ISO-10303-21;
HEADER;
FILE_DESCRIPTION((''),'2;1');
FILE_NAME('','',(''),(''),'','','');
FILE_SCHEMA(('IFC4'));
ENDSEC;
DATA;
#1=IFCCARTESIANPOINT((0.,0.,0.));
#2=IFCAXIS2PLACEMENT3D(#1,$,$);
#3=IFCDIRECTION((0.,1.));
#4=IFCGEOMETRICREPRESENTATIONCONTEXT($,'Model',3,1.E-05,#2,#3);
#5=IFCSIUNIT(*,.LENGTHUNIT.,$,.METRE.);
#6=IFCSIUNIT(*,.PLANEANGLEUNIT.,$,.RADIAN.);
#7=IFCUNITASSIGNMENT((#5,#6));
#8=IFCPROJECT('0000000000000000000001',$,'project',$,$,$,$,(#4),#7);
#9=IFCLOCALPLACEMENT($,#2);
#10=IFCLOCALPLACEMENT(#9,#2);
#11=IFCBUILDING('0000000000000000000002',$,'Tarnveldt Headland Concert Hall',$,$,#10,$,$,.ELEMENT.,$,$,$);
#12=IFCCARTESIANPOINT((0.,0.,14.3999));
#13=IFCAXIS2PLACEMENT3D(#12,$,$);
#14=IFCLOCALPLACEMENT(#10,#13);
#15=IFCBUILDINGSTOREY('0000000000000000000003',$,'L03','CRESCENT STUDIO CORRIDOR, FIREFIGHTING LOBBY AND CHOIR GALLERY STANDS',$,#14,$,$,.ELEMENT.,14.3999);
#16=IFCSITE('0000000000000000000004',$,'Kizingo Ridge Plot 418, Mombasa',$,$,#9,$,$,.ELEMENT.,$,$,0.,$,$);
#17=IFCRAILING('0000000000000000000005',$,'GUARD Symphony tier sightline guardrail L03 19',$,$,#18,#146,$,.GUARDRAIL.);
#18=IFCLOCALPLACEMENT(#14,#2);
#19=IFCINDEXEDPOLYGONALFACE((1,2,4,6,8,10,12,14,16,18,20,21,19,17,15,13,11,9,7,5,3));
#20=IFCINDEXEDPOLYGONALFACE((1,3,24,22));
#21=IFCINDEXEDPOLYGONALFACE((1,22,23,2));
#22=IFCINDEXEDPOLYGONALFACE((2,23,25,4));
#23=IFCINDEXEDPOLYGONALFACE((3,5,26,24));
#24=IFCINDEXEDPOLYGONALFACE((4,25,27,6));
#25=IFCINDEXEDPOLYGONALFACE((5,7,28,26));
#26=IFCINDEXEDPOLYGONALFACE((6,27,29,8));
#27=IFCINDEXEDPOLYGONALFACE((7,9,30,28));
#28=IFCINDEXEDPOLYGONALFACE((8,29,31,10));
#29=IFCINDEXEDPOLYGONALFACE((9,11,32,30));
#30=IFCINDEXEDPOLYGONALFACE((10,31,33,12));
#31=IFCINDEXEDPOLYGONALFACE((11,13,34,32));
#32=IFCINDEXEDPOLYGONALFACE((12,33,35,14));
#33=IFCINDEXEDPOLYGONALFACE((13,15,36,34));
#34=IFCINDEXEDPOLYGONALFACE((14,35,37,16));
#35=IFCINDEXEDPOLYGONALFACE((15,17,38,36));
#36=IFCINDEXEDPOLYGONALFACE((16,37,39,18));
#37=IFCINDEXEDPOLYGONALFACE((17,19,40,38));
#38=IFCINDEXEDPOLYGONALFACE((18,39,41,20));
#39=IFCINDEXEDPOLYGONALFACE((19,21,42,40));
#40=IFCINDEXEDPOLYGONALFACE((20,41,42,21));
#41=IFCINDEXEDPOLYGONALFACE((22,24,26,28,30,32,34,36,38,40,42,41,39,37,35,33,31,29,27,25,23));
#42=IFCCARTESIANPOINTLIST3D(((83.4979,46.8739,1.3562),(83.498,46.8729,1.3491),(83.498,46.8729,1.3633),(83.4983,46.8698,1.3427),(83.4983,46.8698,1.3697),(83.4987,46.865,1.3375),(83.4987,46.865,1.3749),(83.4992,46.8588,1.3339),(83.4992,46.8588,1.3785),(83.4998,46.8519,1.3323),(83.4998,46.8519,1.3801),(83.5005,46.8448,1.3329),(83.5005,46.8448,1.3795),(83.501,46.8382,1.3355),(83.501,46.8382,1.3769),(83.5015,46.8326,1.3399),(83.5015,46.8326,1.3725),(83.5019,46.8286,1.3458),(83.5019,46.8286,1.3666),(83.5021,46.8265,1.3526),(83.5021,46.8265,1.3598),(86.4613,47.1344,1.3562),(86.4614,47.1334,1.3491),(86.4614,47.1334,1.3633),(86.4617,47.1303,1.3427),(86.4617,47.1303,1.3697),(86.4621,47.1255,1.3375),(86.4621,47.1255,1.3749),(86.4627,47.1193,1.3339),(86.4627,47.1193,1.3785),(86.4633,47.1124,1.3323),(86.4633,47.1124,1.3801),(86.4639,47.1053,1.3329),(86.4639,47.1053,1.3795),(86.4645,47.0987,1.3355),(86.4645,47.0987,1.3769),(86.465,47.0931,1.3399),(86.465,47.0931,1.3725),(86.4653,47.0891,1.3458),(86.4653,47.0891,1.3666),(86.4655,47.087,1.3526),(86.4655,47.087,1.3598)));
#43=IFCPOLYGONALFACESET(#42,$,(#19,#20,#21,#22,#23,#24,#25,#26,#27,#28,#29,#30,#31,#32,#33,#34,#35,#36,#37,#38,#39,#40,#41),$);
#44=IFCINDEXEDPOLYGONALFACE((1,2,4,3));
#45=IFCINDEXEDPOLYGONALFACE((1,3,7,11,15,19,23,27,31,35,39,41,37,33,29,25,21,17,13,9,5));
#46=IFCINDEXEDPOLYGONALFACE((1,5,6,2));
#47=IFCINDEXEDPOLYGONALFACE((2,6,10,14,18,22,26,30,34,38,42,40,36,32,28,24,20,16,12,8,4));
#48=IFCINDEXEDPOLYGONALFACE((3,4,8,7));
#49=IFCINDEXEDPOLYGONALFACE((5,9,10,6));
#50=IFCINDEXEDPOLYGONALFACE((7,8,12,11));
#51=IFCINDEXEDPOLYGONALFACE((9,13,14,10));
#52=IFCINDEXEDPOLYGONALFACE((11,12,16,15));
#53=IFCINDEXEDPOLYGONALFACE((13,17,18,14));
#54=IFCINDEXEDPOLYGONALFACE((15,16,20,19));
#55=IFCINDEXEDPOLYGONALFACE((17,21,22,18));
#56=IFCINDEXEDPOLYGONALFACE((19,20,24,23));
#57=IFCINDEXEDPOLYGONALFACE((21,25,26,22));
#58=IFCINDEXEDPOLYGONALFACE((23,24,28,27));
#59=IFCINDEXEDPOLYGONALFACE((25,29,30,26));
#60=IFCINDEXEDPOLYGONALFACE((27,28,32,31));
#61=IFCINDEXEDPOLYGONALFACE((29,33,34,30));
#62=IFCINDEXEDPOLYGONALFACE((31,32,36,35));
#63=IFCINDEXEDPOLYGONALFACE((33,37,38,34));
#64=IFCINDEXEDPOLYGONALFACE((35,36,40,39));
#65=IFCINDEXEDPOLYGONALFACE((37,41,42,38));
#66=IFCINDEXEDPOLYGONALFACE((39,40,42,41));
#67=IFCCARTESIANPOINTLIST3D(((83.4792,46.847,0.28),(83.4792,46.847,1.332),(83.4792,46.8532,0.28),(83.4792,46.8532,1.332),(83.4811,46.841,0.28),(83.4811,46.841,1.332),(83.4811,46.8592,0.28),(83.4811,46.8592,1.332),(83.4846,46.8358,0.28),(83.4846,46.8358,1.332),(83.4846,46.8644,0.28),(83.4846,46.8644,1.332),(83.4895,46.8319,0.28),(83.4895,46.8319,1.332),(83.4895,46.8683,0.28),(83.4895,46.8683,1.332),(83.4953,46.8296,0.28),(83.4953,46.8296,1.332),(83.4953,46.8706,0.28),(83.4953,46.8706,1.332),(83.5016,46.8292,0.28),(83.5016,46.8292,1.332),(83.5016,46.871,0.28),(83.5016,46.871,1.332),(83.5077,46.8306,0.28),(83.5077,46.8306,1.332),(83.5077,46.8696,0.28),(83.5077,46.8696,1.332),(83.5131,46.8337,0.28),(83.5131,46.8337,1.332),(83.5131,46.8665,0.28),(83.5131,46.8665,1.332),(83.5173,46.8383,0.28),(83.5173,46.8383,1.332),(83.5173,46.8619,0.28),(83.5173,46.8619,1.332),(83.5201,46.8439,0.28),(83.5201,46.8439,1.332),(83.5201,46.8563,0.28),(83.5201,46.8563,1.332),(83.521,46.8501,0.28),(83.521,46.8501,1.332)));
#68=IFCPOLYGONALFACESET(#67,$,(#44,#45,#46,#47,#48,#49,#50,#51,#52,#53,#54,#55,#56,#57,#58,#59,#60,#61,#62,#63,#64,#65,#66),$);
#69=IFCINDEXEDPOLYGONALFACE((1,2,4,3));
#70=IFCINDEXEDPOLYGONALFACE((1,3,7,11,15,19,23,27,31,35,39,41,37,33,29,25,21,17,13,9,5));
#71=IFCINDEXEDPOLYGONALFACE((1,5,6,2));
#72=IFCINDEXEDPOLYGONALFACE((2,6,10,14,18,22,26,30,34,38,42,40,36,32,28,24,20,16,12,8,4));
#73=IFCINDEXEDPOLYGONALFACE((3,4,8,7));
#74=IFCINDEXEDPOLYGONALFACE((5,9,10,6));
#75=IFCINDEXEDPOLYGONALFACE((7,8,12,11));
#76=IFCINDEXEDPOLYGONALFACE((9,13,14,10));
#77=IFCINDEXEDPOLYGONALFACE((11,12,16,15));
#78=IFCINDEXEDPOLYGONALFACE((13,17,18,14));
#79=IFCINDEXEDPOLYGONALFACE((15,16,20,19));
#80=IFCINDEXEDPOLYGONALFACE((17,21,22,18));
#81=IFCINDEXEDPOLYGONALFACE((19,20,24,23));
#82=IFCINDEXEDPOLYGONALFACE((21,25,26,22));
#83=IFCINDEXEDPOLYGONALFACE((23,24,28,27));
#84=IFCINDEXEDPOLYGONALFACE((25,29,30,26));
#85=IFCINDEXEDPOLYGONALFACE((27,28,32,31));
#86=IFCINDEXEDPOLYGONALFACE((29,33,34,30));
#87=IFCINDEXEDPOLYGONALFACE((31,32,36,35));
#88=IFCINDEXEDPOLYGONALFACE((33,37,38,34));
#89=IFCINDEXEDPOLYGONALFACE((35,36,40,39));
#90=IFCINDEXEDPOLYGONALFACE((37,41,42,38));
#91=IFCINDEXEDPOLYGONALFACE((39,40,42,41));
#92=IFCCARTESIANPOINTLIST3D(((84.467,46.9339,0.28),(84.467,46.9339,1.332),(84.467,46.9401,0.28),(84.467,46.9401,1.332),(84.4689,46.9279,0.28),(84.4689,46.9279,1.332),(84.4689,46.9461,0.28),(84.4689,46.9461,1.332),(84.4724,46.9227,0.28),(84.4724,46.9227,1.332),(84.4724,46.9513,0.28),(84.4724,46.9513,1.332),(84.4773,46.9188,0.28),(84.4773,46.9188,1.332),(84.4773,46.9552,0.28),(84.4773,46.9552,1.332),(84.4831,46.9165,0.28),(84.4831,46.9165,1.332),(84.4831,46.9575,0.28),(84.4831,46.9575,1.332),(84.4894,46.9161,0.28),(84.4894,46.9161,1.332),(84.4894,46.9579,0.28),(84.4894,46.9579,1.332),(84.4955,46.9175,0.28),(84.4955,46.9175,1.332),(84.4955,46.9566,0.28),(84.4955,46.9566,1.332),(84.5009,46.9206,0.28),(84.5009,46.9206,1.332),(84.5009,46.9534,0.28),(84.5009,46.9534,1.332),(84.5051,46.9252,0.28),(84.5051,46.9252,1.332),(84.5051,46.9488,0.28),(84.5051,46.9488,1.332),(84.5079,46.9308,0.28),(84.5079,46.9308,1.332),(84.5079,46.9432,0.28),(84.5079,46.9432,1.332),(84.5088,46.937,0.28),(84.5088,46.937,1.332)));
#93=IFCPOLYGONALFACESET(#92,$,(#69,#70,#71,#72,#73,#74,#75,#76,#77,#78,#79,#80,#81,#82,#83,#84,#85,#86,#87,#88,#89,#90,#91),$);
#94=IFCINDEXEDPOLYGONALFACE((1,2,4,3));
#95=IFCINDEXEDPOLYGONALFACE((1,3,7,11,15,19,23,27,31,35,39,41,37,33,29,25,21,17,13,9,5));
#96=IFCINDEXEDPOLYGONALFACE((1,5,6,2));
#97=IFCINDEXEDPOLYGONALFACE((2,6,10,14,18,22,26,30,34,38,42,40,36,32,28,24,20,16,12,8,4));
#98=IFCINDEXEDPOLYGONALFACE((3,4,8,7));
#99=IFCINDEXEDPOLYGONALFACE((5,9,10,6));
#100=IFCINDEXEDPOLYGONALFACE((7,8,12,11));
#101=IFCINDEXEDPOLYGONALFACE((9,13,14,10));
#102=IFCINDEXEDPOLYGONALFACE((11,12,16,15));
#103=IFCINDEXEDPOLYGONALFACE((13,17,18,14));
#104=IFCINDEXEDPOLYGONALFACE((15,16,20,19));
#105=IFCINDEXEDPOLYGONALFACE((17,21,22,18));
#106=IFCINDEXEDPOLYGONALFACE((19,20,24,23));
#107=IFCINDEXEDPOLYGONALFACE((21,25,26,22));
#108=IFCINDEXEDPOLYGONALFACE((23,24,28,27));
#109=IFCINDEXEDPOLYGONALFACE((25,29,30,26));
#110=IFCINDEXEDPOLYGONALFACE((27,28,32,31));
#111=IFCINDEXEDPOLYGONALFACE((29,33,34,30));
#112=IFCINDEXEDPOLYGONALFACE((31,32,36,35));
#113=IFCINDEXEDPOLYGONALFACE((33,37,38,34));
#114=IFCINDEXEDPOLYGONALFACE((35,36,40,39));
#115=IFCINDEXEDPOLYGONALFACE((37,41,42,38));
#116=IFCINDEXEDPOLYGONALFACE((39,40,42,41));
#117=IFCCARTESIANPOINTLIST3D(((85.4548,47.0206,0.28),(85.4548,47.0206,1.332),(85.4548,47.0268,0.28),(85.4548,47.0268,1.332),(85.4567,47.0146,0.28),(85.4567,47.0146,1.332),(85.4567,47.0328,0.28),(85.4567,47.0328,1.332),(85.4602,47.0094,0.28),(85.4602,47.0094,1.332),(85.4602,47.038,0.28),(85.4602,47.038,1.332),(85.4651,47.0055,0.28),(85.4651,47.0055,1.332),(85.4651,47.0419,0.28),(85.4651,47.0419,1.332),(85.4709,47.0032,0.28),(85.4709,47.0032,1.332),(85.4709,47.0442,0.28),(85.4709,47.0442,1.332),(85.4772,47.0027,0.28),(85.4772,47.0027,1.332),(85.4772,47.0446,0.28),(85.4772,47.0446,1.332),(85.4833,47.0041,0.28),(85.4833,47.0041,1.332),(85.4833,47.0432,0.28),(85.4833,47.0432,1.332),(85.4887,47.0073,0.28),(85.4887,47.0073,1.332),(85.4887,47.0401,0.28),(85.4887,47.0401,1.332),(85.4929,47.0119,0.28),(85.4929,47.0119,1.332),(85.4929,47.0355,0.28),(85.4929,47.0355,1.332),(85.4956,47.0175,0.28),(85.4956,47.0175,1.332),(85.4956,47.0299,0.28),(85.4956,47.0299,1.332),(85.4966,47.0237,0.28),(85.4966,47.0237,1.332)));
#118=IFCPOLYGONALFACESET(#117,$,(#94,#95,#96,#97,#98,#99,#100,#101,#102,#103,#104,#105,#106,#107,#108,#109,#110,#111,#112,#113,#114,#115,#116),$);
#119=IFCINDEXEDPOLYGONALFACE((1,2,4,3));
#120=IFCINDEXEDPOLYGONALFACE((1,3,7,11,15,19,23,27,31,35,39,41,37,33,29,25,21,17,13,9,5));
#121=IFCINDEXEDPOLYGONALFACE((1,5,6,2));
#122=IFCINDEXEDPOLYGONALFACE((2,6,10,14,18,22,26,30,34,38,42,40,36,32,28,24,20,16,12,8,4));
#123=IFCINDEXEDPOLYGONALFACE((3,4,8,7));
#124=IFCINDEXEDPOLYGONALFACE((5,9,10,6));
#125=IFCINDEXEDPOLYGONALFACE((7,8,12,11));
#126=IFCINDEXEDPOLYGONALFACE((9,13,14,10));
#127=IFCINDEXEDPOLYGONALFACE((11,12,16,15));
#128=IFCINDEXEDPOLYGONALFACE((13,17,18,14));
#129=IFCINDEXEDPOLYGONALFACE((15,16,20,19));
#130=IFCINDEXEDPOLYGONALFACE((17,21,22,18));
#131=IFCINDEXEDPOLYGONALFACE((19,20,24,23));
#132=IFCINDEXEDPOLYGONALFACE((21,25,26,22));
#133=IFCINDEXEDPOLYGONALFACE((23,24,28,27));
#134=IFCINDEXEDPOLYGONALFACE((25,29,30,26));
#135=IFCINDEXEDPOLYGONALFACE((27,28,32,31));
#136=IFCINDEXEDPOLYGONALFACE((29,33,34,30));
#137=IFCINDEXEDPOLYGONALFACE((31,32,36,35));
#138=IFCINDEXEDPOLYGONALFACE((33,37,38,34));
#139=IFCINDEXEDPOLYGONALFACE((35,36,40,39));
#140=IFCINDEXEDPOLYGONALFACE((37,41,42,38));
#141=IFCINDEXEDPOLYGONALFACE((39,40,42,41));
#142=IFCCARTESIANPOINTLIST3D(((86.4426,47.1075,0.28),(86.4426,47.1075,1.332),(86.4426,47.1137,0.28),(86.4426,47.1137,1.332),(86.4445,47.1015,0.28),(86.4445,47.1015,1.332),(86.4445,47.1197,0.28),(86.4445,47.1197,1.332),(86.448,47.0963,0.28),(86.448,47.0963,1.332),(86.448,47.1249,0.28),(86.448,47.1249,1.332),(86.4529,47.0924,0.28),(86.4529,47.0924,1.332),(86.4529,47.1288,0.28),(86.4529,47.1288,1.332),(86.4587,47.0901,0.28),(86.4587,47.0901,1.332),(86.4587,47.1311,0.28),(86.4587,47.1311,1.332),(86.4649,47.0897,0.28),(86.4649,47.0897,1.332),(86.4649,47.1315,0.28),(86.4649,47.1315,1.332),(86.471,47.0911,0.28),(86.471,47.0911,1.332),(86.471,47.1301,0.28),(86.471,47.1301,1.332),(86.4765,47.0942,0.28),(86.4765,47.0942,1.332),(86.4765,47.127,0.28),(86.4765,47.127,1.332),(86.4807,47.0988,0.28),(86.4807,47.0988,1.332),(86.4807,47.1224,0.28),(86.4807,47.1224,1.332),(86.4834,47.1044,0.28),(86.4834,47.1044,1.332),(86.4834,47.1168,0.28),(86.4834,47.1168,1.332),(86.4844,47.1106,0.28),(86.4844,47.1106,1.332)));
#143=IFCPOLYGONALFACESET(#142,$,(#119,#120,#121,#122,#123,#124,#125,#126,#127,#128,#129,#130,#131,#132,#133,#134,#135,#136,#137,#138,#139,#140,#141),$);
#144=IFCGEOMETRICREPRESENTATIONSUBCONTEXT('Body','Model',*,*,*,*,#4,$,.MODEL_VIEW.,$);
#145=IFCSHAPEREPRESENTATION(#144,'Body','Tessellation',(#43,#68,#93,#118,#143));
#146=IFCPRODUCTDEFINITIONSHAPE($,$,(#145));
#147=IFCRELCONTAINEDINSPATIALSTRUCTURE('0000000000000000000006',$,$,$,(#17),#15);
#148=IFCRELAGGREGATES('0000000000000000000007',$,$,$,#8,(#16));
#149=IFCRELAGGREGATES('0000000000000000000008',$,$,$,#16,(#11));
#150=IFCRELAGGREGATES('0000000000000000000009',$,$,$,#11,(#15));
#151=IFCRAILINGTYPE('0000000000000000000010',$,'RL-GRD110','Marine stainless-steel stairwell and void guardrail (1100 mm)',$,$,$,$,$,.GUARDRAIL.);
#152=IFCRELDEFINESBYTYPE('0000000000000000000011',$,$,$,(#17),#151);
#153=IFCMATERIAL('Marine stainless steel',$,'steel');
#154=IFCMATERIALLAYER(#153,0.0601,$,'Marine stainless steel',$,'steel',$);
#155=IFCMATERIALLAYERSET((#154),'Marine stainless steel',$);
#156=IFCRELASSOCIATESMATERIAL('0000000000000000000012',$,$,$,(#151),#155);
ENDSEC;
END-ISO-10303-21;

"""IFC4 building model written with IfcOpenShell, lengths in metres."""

from ifc_helpers import new_model, si_unit, direction, frame, origin, origin_2d, place, context, subcontext, project, spatial, circle, extrude, material, layer, layer_set, type_object, element, save


model = new_model("IFC4")

# Units and contexts
model_context = context("Model", 3, precision=1e-05, world=origin(), true_north=direction((0.0, 1.0)))
body_context = subcontext(model_context, "Body", "Model", "MODEL_VIEW")
ifc_project = project(units=[si_unit("LENGTHUNIT", "METRE"), si_unit("PLANEANGLEUNIT", "RADIAN")], contexts=[model_context])

# Site, building, storey
site_placement = place(None, origin())
site = spatial("IfcSite", under=ifc_project, at=site_placement, Name="Kizingo Ridge Plot 418, Mombasa", CompositionType="ELEMENT", RefElevation=0.0)
building_placement = place(site_placement, origin())
building = spatial("IfcBuilding", under=site, at=building_placement, Name="Tarnveldt Headland Concert Hall", CompositionType="ELEMENT")
storey_placement = place(building_placement, frame((0.0, 0.0, 14.3999)))
storey = spatial("IfcBuildingStorey", under=building, at=storey_placement, Name="L03", Description="CRESCENT STUDIO CORRIDOR, FIREFIGHTING LOBBY AND CHOIR GALLERY STANDS", CompositionType="ELEMENT", Elevation=14.3999)

# Railing
ifc_material_1 = material(Name="Marine stainless steel", Category="steel")
ifc_layer = layer(ifc_material_1, 0.0601, Name="Marine stainless steel", Category="steel")
ifc_layer_set = layer_set([ifc_layer], Name="Marine stainless steel")
railing_type = type_object("IfcRailingType", Name="RL-GRD110", Description="Marine stainless-steel stairwell and void guardrail (1100 mm)", PredefinedType="GUARDRAIL", material=ifc_layer_set)
railing_1_placement = place(storey_placement, frame((83.5, 46.8501, 0.28)))
element("IfcRailing", 1, at=railing_1_placement, inside=storey, type_object=railing_type, Name="GUARD Symphony tier sightline guardrail L03 19", PredefinedType="GUARDRAIL", context=body_context, shape_type="SweptSolid", body=[
    extrude(circle(Radius=0.0239, at=origin_2d()), frame((0.0, 0.0, 1.0762), z_axis=(0.996159, 0.087568, 0.0), x_axis=(-0.087568, 0.996159, 0.0)), (0.0, 0.0, 1.0), 2.9749),
    extrude(circle(Radius=0.021, at=origin_2d()), origin(), (0.0, 0.0, 1.0), 1.052),
    extrude(circle(Radius=0.021, at=origin_2d()), frame((0.9878, 0.0869, 0.0)), (0.0, 0.0, 1.0), 1.052),
    extrude(circle(Radius=0.021, at=origin_2d()), frame((1.9756, 0.1736, 0.0)), (0.0, 0.0, 1.0), 1.052),
    extrude(circle(Radius=0.021, at=origin_2d()), frame((2.9634, 0.2605, 0.0)), (0.0, 0.0, 1.0), 1.052),
])

save(model, "model.ifc")
